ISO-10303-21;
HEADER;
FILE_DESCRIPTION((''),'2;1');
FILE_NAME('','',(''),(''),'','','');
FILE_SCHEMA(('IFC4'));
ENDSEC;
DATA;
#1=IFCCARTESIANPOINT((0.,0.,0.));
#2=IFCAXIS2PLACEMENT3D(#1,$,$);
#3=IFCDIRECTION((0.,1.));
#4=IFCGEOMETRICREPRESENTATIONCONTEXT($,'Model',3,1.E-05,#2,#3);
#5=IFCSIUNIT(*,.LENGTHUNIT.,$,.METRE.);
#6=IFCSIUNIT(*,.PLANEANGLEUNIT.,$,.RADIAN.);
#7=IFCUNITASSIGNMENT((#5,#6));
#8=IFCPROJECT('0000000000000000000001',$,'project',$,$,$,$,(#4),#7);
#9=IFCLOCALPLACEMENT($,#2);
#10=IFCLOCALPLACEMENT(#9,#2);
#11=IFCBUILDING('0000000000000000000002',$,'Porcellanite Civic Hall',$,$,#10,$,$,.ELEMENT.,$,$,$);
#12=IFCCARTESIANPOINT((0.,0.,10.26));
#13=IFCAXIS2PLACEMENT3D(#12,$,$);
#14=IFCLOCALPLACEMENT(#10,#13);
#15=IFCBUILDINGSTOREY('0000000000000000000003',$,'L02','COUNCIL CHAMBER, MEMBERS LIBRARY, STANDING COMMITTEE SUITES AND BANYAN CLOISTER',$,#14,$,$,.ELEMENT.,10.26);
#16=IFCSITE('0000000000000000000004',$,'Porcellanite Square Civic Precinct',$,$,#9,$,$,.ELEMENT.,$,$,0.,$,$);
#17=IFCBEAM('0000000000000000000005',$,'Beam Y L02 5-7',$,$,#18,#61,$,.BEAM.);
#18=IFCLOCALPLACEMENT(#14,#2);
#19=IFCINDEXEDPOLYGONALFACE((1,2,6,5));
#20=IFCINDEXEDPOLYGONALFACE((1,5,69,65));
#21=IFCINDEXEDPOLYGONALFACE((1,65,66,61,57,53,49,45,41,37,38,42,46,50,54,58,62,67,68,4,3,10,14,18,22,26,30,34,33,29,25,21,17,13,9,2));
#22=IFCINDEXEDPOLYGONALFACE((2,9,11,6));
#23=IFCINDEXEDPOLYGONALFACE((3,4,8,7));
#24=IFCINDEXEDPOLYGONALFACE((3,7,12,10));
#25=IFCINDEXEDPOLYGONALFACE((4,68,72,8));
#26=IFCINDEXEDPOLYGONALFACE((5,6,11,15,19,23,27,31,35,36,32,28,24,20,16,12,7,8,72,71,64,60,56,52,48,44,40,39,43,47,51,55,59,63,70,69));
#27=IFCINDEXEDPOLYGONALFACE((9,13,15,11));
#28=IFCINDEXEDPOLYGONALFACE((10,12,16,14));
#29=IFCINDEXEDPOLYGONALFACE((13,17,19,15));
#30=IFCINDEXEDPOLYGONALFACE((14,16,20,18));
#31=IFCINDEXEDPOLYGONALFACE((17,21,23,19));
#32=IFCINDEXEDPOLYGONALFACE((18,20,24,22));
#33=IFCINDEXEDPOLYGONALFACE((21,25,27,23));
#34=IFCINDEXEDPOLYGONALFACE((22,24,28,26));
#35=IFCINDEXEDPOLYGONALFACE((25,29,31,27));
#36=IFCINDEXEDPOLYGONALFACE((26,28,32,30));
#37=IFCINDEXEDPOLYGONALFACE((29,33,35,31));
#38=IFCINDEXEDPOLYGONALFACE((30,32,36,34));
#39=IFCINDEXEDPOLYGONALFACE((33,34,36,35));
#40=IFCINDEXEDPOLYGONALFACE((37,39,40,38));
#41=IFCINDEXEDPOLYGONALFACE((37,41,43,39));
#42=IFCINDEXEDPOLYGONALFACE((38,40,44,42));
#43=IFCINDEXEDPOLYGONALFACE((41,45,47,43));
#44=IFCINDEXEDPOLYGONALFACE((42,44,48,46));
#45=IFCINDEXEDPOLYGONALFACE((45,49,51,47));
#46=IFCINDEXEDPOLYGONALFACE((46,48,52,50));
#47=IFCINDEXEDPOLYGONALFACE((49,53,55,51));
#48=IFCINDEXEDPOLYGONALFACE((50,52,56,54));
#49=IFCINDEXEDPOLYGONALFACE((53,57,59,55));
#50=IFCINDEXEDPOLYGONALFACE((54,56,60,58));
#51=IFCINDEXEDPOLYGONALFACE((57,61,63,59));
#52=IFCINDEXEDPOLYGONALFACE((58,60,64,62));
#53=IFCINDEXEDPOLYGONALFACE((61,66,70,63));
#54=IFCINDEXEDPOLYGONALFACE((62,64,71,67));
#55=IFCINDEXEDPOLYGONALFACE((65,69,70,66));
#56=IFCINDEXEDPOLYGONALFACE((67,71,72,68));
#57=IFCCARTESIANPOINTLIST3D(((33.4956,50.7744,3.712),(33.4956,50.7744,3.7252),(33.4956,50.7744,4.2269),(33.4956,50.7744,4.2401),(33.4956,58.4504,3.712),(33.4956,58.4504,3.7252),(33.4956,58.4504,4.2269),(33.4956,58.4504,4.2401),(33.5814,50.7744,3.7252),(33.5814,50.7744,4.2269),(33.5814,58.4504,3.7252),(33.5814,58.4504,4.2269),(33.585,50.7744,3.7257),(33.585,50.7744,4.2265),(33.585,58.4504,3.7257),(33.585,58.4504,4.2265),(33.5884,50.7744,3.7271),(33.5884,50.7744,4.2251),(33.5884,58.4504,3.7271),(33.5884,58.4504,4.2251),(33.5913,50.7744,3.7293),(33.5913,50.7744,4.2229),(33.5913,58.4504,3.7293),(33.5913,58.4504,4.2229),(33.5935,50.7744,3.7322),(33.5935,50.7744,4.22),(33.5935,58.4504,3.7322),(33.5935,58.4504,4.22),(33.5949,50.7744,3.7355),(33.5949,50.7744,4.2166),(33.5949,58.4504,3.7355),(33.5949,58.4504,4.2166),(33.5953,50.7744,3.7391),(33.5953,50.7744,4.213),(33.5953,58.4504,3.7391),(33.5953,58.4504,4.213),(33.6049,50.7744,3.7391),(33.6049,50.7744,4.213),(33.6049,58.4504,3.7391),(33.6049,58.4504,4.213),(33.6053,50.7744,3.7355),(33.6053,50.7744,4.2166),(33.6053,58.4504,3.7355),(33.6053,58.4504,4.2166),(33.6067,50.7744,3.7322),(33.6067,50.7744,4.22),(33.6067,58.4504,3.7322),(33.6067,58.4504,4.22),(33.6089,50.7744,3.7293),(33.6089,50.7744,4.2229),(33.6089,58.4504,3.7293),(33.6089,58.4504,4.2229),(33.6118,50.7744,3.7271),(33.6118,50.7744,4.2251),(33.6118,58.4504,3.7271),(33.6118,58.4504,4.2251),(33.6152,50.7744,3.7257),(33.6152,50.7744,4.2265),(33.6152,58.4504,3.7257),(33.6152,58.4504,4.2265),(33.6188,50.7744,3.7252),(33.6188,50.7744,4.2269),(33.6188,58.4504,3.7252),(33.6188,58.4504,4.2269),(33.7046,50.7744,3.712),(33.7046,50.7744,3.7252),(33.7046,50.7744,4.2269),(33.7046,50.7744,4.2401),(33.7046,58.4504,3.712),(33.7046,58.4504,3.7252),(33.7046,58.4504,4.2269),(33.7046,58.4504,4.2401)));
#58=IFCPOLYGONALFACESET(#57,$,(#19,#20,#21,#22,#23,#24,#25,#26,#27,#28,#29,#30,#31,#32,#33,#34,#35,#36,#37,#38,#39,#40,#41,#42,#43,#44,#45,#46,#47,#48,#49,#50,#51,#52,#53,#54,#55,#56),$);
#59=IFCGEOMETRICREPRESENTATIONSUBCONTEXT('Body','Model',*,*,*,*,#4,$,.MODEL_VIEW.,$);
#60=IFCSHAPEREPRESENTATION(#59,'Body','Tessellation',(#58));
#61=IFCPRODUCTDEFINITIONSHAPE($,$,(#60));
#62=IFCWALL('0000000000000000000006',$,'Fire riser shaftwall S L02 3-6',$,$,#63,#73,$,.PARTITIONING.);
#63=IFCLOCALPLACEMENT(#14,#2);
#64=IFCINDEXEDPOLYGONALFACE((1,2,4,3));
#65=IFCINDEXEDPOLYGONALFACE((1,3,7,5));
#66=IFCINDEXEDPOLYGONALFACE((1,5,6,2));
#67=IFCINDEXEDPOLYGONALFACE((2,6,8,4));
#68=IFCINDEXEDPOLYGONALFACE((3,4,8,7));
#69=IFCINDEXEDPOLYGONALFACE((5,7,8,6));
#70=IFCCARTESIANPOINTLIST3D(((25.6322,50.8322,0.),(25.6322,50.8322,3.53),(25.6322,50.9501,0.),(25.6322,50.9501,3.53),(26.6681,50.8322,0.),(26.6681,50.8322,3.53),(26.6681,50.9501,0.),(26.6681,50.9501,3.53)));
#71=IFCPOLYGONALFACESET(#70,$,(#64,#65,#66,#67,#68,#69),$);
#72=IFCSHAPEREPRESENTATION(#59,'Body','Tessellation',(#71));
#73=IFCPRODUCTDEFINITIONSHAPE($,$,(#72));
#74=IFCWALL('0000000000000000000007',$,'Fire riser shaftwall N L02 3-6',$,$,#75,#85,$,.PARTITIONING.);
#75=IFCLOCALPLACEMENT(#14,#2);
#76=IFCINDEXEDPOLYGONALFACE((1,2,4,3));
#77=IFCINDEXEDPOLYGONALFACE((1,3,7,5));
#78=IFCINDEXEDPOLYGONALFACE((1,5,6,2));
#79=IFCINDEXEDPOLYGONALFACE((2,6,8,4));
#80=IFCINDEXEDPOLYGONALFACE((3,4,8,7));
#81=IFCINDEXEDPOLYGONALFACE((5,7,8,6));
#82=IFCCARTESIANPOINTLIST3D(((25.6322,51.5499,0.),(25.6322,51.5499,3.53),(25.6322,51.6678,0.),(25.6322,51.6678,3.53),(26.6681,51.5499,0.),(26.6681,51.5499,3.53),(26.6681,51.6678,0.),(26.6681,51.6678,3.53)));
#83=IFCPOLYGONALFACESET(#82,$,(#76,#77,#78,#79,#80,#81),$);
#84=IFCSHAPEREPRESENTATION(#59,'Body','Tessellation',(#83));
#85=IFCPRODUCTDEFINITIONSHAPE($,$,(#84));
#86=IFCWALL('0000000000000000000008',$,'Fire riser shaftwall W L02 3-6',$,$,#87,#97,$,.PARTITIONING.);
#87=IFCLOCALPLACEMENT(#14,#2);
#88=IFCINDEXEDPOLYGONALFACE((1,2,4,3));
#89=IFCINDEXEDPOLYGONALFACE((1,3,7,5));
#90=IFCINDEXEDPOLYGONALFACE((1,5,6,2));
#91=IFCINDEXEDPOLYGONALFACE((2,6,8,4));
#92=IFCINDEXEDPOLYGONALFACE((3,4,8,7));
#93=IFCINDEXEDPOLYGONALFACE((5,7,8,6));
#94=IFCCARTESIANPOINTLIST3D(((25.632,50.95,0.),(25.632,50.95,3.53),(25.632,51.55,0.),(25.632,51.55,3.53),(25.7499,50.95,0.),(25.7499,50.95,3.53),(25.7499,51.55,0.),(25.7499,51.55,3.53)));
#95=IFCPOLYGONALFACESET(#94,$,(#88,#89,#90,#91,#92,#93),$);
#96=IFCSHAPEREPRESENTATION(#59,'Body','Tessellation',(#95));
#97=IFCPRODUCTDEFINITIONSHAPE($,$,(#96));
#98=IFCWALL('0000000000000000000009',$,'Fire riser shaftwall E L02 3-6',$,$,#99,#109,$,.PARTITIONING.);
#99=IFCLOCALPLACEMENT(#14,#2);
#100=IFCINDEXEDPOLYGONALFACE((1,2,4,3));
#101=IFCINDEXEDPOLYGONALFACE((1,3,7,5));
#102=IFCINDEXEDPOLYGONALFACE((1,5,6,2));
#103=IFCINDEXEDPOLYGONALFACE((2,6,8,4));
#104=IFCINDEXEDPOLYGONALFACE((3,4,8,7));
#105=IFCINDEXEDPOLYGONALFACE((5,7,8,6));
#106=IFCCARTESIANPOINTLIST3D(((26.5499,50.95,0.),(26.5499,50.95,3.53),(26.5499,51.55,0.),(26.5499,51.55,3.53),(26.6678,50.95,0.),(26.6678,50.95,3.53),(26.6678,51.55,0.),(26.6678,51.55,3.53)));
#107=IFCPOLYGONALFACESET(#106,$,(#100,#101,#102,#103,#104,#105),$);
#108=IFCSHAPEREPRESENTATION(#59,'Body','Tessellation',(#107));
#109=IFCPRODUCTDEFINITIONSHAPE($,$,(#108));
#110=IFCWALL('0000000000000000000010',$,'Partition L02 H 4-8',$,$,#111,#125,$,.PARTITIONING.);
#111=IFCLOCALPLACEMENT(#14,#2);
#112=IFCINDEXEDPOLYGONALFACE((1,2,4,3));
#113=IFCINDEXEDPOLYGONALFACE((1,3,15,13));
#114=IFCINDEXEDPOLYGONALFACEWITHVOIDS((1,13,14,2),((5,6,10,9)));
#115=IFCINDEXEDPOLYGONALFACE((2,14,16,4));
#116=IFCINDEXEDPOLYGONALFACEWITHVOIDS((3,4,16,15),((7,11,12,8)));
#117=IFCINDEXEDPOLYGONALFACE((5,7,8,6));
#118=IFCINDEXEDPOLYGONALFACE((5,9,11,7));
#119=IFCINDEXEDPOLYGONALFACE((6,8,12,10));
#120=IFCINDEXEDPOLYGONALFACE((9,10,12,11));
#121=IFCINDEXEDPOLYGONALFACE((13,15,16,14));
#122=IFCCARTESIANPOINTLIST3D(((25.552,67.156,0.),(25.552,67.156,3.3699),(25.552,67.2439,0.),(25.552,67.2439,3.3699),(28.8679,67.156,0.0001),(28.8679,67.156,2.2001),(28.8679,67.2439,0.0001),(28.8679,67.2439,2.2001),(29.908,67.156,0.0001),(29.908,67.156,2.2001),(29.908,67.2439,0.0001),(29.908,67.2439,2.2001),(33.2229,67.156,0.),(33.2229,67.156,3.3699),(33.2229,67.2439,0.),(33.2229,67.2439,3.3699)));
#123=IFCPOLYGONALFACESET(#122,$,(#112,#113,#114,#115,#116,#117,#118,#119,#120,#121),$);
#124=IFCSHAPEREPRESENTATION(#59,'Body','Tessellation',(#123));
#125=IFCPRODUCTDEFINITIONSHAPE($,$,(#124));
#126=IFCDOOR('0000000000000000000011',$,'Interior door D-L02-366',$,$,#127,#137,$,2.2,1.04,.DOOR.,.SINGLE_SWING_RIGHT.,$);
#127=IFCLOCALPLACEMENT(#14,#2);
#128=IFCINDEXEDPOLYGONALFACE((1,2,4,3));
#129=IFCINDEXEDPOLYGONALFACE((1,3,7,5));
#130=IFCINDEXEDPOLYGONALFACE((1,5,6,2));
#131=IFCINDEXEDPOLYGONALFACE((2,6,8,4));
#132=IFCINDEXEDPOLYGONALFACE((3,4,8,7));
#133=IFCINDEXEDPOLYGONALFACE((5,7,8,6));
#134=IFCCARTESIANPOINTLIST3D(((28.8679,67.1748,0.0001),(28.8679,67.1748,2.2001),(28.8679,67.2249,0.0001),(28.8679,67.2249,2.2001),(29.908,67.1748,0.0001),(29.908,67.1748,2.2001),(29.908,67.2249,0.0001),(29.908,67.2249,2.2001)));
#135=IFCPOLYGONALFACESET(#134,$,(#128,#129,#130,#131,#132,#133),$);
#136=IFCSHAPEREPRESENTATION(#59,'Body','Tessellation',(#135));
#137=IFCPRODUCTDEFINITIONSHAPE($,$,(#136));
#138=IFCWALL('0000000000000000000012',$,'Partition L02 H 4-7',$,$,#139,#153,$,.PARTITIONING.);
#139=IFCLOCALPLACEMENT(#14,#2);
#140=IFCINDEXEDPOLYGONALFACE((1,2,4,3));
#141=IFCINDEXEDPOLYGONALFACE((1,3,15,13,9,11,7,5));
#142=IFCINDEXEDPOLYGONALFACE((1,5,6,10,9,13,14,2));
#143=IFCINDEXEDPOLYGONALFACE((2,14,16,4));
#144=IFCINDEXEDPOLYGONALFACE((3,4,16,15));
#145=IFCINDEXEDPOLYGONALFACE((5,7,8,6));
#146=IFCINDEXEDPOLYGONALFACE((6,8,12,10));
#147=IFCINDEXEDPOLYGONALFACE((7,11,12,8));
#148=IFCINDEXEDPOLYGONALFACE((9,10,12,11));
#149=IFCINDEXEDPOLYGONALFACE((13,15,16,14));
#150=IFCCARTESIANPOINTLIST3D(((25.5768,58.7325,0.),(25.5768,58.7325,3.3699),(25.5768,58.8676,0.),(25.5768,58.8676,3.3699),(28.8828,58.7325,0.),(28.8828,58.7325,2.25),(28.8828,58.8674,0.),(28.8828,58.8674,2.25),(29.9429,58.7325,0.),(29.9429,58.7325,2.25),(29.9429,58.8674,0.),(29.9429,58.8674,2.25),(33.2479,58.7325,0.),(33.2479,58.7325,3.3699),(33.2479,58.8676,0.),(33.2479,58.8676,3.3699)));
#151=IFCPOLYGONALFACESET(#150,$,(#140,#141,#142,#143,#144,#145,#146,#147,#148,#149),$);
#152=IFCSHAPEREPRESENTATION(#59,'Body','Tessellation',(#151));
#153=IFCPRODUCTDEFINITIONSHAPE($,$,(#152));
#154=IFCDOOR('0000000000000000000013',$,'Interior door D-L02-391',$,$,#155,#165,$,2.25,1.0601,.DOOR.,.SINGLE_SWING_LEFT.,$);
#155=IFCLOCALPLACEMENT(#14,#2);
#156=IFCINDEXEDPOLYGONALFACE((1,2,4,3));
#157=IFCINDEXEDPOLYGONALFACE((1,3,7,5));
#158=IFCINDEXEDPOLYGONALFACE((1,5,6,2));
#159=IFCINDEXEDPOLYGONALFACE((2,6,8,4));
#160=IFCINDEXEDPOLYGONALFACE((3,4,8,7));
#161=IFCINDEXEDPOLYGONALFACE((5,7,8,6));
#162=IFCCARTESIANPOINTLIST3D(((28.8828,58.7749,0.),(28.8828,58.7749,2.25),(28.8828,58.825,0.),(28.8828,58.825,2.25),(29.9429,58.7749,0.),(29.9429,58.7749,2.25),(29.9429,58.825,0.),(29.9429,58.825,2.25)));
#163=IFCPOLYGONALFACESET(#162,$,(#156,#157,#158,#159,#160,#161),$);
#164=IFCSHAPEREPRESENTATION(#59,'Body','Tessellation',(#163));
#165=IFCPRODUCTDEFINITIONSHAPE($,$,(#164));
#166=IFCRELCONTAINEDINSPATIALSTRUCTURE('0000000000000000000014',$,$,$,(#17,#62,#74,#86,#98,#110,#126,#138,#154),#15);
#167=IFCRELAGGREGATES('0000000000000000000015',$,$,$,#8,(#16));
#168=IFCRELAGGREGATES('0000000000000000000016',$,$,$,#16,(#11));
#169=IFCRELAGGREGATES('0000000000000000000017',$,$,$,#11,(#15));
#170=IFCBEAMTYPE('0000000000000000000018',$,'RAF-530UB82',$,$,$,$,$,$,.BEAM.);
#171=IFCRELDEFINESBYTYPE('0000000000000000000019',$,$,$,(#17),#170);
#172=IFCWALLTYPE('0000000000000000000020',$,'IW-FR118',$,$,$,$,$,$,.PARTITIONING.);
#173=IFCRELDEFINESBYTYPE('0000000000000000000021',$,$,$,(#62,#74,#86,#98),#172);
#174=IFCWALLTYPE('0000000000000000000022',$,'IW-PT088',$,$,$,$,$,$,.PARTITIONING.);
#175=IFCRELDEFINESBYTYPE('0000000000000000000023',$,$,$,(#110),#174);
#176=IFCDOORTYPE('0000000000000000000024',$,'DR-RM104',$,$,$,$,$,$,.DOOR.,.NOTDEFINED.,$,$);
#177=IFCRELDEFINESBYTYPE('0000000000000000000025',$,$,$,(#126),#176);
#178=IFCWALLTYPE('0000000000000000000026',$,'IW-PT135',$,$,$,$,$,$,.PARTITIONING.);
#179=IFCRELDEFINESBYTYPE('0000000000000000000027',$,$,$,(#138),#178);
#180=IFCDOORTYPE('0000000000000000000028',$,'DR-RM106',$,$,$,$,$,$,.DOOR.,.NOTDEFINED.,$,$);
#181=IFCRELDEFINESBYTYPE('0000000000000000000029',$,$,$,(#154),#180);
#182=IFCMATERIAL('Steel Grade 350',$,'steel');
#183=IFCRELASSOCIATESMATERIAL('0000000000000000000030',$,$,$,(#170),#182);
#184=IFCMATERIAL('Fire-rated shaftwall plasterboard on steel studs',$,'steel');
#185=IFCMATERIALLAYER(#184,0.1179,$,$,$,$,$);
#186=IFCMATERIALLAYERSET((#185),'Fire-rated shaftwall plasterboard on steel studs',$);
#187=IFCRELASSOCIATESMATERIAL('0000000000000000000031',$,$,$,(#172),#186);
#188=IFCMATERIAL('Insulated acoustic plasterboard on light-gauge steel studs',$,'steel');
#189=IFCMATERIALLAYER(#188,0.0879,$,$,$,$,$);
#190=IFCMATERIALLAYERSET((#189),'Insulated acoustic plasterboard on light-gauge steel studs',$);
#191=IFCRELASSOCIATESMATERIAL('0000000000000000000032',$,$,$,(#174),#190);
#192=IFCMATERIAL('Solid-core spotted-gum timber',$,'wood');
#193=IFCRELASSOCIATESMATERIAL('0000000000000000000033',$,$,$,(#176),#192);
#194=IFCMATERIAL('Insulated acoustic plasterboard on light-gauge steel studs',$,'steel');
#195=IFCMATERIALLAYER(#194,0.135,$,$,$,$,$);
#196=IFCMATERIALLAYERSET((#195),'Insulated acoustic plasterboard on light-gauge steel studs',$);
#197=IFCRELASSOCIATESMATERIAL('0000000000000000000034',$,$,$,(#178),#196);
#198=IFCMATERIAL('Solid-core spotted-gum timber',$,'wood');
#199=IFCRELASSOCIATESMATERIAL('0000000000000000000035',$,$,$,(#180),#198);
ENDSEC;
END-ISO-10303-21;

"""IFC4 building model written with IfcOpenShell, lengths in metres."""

from ifc_helpers import new_model, si_unit, direction, frame, frame_2d, origin, origin_2d, place, context, subcontext, project, spatial, rectangle, i_section, extrude, material, layer, layer_set, material_profile, profile_set, type_object, element, fill, save


model = new_model("IFC4")

# Units and contexts
model_context = context("Model", 3, precision=1e-05, world=origin(), true_north=direction((0.0, 1.0)))
body_context = subcontext(model_context, "Body", "Model", "MODEL_VIEW")
ifc_project = project(units=[si_unit("LENGTHUNIT", "METRE"), si_unit("PLANEANGLEUNIT", "RADIAN")], contexts=[model_context])

# Site, building, storey
site_placement = place(None, origin())
site = spatial("IfcSite", under=ifc_project, at=site_placement, Name="Porcellanite Square Civic Precinct", CompositionType="ELEMENT", RefElevation=0.0)
building_placement = place(site_placement, origin())
building = spatial("IfcBuilding", under=site, at=building_placement, Name="Porcellanite Civic Hall", CompositionType="ELEMENT")
storey_placement = place(building_placement, frame((0.0, 0.0, 10.26)))
storey = spatial("IfcBuildingStorey", under=building, at=storey_placement, Name="L02", Description="COUNCIL CHAMBER, MEMBERS LIBRARY, STANDING COMMITTEE SUITES AND BANYAN CLOISTER", CompositionType="ELEMENT", Elevation=10.26)

# Beam
ifc_material_1 = material(Name="Steel Grade 350", Category="steel")
ifc_material_profile_1 = material_profile(ifc_material_1, i_section(OverallWidth=0.209, OverallDepth=0.5281, WebThickness=0.0095, FlangeThickness=0.0132, FilletRadius=0.0139, at=origin_2d()), Name="530UB82.0")
ifc_profile_set_1 = profile_set([ifc_material_profile_1], Name="Steel Grade 350")
beam_type_1 = type_object("IfcBeamType", Name="RAF-530UB82", PredefinedType="BEAM", material=ifc_profile_set_1)
for number, where, z_axis, x_axis, name in (
    (1, (33.6001, 50.7744, 3.9761), (0.0, 1.0, 0.0), (-1.0, 0.0, 0.0), "Beam Y L02 5-7"),
):
    element("IfcBeam", number, at=place(storey_placement, frame(where, z_axis=z_axis, x_axis=x_axis)), inside=storey, type_object=beam_type_1, Name=name, PredefinedType="BEAM", context=body_context, shape_type="SweptSolid", body=[
        extrude(i_section(OverallWidth=0.209, OverallDepth=0.5281, WebThickness=0.0095, FlangeThickness=0.0132, FilletRadius=0.0139, at=origin_2d()), origin(), (0.0, 0.0, 1.0), 7.676),
    ])

# Walls
ifc_material_2 = material(Name="Fire-rated shaftwall plasterboard on steel studs", Category="steel")
ifc_layer_1 = layer(ifc_material_2, 0.1179)
ifc_layer_set_1 = layer_set([ifc_layer_1], Name="Fire-rated shaftwall plasterboard on steel studs")
wall_type_1 = type_object("IfcWallType", Name="IW-FR118", PredefinedType="PARTITIONING", material=ifc_layer_set_1)
for number, where, z_axis, x_axis, name in (
    (2, (25.6321, 50.8911, 0.0), (0.0, 0.0, 1.0), (1.0, 0.0, 0.0), "Fire riser shaftwall S L02 3-6"),
    (3, (25.6321, 51.6089, 0.0), (0.0, 0.0, 1.0), (1.0, 0.0, 0.0), "Fire riser shaftwall N L02 3-6"),
):
    element("IfcWall", number, at=place(storey_placement, frame(where, z_axis=z_axis, x_axis=x_axis)), inside=storey, type_object=wall_type_1, Name=name, PredefinedType="PARTITIONING", context=body_context, shape_type="SweptSolid", body=[
        extrude(rectangle(XDim=1.0359, YDim=0.1179, at=frame_2d((0.5181, 0.0))), origin(), (0.0, 0.0, 1.0), 3.53),
    ])
for number, where, z_axis, x_axis, name in (
    (4, (25.6909, 50.95, 0.0), (0.0, 0.0, 1.0), (0.0, 1.0, 0.0), "Fire riser shaftwall W L02 3-6"),
    (5, (26.6089, 50.95, 0.0), (0.0, 0.0, 1.0), (0.0, 1.0, 0.0), "Fire riser shaftwall E L02 3-6"),
):
    element("IfcWall", number, at=place(storey_placement, frame(where, z_axis=z_axis, x_axis=x_axis)), inside=storey, type_object=wall_type_1, Name=name, PredefinedType="PARTITIONING", context=body_context, shape_type="SweptSolid", body=[
        extrude(rectangle(XDim=0.6001, YDim=0.1179, at=frame_2d((0.3, 0.0))), origin(), (0.0, 0.0, 1.0), 3.53),
    ])

# Walls, openings, doors
ifc_material_3 = material(Name="Insulated acoustic plasterboard on light-gauge steel studs", Category="steel")
ifc_layer_2 = layer(ifc_material_3, 0.0879)
ifc_layer_set_2 = layer_set([ifc_layer_2], Name="Insulated acoustic plasterboard on light-gauge steel studs")
wall_type_2 = type_object("IfcWallType", Name="IW-PT088", PredefinedType="PARTITIONING", material=ifc_layer_set_2)
wall_1_placement = place(storey_placement, frame((25.552, 67.2, 0.0), z_axis=(0.0, 0.0, 1.0), x_axis=(1.0, 0.0, 0.0)))
wall_1 = element("IfcWall", 6, at=wall_1_placement, inside=storey, type_object=wall_type_2, Name="Partition L02 H 4-8", PredefinedType="PARTITIONING", context=body_context, shape_type="SweptSolid", body=[
    extrude(rectangle(XDim=7.6709, YDim=0.0879, at=frame_2d((3.8354, 0.0))), origin(), (0.0, 0.0, 1.0), 3.3699),
])
opening_1_placement = place(wall_1_placement, frame((3.3159, 0.0, 0.0)))
opening_1 = element("IfcOpeningElement", 7, at=opening_1_placement, cuts=wall_1, PredefinedType="OPENING", context=body_context, shape_type="SweptSolid", body=[
    extrude(rectangle(XDim=1.04, YDim=2.2, at=frame_2d((0.52, 1.1001))), frame((0.0, 0.0439, 0.0), z_axis=(0.0, -1.0, 0.0), x_axis=(1.0, 0.0, 0.0)), (0.0, 0.0, 1.0), 0.0879),
])
ifc_material_4 = material(Name="Solid-core spotted-gum timber", Category="wood")
door_type_1 = type_object("IfcDoorType", Name="DR-RM104", OperationType="NOTDEFINED", PredefinedType="DOOR", material=ifc_material_4)
door_1_placement = place(opening_1_placement, origin())
door_1 = element("IfcDoor", 8, at=door_1_placement, inside=storey, type_object=door_type_1, Name="Interior door D-L02-366", OperationType="SINGLE_SWING_RIGHT", OverallHeight=2.2, OverallWidth=1.04, PredefinedType="DOOR", context=body_context, shape_type="SweptSolid", body=[
    extrude(rectangle(XDim=1.04, YDim=2.2, at=frame_2d((0.52, 1.1001))), frame((0.0, 0.0249, 0.0), z_axis=(0.0, -1.0, 0.0), x_axis=(1.0, 0.0, 0.0)), (0.0, 0.0, 1.0), 0.05),
])
fill(opening_1, door_1)
ifc_material_5 = material(Name="Insulated acoustic plasterboard on light-gauge steel studs", Category="steel")
ifc_layer_3 = layer(ifc_material_5, 0.135)
ifc_layer_set_3 = layer_set([ifc_layer_3], Name="Insulated acoustic plasterboard on light-gauge steel studs")
wall_type_3 = type_object("IfcWallType", Name="IW-PT135", PredefinedType="PARTITIONING", material=ifc_layer_set_3)
wall_2_placement = place(storey_placement, frame((25.5769, 58.8, 0.0), z_axis=(0.0, 0.0, 1.0), x_axis=(1.0, 0.0, 0.0)))
wall_2 = element("IfcWall", 9, at=wall_2_placement, inside=storey, type_object=wall_type_3, Name="Partition L02 H 4-7", PredefinedType="PARTITIONING", context=body_context, shape_type="SweptSolid", body=[
    extrude(rectangle(XDim=7.6711, YDim=0.135, at=frame_2d((3.8354, 0.0))), origin(), (0.0, 0.0, 1.0), 3.3699),
])
opening_2_placement = place(wall_2_placement, frame((3.3059, 0.0, 0.0)))
opening_2 = element("IfcOpeningElement", 10, at=opening_2_placement, cuts=wall_2, PredefinedType="OPENING", context=body_context, shape_type="SweptSolid", body=[
    extrude(rectangle(XDim=1.0601, YDim=2.25, at=frame_2d((0.53, 1.125))), frame((0.0, 0.0674, 0.0), z_axis=(0.0, -1.0, 0.0), x_axis=(1.0, 0.0, 0.0)), (0.0, 0.0, 1.0), 0.135),
])
ifc_material_6 = material(Name="Solid-core spotted-gum timber", Category="wood")
door_type_2 = type_object("IfcDoorType", Name="DR-RM106", OperationType="NOTDEFINED", PredefinedType="DOOR", material=ifc_material_6)
door_2_placement = place(opening_2_placement, origin())
door_2 = element("IfcDoor", 11, at=door_2_placement, inside=storey, type_object=door_type_2, Name="Interior door D-L02-391", OperationType="SINGLE_SWING_LEFT", OverallHeight=2.25, OverallWidth=1.0601, PredefinedType="DOOR", context=body_context, shape_type="SweptSolid", body=[
    extrude(rectangle(XDim=1.0601, YDim=2.25, at=frame_2d((0.53, 1.125))), frame((0.0, 0.0249, 0.0), z_axis=(0.0, -1.0, 0.0), x_axis=(1.0, 0.0, 0.0)), (0.0, 0.0, 1.0), 0.05),
])
fill(opening_2, door_2)

save(model, "model.ifc")
